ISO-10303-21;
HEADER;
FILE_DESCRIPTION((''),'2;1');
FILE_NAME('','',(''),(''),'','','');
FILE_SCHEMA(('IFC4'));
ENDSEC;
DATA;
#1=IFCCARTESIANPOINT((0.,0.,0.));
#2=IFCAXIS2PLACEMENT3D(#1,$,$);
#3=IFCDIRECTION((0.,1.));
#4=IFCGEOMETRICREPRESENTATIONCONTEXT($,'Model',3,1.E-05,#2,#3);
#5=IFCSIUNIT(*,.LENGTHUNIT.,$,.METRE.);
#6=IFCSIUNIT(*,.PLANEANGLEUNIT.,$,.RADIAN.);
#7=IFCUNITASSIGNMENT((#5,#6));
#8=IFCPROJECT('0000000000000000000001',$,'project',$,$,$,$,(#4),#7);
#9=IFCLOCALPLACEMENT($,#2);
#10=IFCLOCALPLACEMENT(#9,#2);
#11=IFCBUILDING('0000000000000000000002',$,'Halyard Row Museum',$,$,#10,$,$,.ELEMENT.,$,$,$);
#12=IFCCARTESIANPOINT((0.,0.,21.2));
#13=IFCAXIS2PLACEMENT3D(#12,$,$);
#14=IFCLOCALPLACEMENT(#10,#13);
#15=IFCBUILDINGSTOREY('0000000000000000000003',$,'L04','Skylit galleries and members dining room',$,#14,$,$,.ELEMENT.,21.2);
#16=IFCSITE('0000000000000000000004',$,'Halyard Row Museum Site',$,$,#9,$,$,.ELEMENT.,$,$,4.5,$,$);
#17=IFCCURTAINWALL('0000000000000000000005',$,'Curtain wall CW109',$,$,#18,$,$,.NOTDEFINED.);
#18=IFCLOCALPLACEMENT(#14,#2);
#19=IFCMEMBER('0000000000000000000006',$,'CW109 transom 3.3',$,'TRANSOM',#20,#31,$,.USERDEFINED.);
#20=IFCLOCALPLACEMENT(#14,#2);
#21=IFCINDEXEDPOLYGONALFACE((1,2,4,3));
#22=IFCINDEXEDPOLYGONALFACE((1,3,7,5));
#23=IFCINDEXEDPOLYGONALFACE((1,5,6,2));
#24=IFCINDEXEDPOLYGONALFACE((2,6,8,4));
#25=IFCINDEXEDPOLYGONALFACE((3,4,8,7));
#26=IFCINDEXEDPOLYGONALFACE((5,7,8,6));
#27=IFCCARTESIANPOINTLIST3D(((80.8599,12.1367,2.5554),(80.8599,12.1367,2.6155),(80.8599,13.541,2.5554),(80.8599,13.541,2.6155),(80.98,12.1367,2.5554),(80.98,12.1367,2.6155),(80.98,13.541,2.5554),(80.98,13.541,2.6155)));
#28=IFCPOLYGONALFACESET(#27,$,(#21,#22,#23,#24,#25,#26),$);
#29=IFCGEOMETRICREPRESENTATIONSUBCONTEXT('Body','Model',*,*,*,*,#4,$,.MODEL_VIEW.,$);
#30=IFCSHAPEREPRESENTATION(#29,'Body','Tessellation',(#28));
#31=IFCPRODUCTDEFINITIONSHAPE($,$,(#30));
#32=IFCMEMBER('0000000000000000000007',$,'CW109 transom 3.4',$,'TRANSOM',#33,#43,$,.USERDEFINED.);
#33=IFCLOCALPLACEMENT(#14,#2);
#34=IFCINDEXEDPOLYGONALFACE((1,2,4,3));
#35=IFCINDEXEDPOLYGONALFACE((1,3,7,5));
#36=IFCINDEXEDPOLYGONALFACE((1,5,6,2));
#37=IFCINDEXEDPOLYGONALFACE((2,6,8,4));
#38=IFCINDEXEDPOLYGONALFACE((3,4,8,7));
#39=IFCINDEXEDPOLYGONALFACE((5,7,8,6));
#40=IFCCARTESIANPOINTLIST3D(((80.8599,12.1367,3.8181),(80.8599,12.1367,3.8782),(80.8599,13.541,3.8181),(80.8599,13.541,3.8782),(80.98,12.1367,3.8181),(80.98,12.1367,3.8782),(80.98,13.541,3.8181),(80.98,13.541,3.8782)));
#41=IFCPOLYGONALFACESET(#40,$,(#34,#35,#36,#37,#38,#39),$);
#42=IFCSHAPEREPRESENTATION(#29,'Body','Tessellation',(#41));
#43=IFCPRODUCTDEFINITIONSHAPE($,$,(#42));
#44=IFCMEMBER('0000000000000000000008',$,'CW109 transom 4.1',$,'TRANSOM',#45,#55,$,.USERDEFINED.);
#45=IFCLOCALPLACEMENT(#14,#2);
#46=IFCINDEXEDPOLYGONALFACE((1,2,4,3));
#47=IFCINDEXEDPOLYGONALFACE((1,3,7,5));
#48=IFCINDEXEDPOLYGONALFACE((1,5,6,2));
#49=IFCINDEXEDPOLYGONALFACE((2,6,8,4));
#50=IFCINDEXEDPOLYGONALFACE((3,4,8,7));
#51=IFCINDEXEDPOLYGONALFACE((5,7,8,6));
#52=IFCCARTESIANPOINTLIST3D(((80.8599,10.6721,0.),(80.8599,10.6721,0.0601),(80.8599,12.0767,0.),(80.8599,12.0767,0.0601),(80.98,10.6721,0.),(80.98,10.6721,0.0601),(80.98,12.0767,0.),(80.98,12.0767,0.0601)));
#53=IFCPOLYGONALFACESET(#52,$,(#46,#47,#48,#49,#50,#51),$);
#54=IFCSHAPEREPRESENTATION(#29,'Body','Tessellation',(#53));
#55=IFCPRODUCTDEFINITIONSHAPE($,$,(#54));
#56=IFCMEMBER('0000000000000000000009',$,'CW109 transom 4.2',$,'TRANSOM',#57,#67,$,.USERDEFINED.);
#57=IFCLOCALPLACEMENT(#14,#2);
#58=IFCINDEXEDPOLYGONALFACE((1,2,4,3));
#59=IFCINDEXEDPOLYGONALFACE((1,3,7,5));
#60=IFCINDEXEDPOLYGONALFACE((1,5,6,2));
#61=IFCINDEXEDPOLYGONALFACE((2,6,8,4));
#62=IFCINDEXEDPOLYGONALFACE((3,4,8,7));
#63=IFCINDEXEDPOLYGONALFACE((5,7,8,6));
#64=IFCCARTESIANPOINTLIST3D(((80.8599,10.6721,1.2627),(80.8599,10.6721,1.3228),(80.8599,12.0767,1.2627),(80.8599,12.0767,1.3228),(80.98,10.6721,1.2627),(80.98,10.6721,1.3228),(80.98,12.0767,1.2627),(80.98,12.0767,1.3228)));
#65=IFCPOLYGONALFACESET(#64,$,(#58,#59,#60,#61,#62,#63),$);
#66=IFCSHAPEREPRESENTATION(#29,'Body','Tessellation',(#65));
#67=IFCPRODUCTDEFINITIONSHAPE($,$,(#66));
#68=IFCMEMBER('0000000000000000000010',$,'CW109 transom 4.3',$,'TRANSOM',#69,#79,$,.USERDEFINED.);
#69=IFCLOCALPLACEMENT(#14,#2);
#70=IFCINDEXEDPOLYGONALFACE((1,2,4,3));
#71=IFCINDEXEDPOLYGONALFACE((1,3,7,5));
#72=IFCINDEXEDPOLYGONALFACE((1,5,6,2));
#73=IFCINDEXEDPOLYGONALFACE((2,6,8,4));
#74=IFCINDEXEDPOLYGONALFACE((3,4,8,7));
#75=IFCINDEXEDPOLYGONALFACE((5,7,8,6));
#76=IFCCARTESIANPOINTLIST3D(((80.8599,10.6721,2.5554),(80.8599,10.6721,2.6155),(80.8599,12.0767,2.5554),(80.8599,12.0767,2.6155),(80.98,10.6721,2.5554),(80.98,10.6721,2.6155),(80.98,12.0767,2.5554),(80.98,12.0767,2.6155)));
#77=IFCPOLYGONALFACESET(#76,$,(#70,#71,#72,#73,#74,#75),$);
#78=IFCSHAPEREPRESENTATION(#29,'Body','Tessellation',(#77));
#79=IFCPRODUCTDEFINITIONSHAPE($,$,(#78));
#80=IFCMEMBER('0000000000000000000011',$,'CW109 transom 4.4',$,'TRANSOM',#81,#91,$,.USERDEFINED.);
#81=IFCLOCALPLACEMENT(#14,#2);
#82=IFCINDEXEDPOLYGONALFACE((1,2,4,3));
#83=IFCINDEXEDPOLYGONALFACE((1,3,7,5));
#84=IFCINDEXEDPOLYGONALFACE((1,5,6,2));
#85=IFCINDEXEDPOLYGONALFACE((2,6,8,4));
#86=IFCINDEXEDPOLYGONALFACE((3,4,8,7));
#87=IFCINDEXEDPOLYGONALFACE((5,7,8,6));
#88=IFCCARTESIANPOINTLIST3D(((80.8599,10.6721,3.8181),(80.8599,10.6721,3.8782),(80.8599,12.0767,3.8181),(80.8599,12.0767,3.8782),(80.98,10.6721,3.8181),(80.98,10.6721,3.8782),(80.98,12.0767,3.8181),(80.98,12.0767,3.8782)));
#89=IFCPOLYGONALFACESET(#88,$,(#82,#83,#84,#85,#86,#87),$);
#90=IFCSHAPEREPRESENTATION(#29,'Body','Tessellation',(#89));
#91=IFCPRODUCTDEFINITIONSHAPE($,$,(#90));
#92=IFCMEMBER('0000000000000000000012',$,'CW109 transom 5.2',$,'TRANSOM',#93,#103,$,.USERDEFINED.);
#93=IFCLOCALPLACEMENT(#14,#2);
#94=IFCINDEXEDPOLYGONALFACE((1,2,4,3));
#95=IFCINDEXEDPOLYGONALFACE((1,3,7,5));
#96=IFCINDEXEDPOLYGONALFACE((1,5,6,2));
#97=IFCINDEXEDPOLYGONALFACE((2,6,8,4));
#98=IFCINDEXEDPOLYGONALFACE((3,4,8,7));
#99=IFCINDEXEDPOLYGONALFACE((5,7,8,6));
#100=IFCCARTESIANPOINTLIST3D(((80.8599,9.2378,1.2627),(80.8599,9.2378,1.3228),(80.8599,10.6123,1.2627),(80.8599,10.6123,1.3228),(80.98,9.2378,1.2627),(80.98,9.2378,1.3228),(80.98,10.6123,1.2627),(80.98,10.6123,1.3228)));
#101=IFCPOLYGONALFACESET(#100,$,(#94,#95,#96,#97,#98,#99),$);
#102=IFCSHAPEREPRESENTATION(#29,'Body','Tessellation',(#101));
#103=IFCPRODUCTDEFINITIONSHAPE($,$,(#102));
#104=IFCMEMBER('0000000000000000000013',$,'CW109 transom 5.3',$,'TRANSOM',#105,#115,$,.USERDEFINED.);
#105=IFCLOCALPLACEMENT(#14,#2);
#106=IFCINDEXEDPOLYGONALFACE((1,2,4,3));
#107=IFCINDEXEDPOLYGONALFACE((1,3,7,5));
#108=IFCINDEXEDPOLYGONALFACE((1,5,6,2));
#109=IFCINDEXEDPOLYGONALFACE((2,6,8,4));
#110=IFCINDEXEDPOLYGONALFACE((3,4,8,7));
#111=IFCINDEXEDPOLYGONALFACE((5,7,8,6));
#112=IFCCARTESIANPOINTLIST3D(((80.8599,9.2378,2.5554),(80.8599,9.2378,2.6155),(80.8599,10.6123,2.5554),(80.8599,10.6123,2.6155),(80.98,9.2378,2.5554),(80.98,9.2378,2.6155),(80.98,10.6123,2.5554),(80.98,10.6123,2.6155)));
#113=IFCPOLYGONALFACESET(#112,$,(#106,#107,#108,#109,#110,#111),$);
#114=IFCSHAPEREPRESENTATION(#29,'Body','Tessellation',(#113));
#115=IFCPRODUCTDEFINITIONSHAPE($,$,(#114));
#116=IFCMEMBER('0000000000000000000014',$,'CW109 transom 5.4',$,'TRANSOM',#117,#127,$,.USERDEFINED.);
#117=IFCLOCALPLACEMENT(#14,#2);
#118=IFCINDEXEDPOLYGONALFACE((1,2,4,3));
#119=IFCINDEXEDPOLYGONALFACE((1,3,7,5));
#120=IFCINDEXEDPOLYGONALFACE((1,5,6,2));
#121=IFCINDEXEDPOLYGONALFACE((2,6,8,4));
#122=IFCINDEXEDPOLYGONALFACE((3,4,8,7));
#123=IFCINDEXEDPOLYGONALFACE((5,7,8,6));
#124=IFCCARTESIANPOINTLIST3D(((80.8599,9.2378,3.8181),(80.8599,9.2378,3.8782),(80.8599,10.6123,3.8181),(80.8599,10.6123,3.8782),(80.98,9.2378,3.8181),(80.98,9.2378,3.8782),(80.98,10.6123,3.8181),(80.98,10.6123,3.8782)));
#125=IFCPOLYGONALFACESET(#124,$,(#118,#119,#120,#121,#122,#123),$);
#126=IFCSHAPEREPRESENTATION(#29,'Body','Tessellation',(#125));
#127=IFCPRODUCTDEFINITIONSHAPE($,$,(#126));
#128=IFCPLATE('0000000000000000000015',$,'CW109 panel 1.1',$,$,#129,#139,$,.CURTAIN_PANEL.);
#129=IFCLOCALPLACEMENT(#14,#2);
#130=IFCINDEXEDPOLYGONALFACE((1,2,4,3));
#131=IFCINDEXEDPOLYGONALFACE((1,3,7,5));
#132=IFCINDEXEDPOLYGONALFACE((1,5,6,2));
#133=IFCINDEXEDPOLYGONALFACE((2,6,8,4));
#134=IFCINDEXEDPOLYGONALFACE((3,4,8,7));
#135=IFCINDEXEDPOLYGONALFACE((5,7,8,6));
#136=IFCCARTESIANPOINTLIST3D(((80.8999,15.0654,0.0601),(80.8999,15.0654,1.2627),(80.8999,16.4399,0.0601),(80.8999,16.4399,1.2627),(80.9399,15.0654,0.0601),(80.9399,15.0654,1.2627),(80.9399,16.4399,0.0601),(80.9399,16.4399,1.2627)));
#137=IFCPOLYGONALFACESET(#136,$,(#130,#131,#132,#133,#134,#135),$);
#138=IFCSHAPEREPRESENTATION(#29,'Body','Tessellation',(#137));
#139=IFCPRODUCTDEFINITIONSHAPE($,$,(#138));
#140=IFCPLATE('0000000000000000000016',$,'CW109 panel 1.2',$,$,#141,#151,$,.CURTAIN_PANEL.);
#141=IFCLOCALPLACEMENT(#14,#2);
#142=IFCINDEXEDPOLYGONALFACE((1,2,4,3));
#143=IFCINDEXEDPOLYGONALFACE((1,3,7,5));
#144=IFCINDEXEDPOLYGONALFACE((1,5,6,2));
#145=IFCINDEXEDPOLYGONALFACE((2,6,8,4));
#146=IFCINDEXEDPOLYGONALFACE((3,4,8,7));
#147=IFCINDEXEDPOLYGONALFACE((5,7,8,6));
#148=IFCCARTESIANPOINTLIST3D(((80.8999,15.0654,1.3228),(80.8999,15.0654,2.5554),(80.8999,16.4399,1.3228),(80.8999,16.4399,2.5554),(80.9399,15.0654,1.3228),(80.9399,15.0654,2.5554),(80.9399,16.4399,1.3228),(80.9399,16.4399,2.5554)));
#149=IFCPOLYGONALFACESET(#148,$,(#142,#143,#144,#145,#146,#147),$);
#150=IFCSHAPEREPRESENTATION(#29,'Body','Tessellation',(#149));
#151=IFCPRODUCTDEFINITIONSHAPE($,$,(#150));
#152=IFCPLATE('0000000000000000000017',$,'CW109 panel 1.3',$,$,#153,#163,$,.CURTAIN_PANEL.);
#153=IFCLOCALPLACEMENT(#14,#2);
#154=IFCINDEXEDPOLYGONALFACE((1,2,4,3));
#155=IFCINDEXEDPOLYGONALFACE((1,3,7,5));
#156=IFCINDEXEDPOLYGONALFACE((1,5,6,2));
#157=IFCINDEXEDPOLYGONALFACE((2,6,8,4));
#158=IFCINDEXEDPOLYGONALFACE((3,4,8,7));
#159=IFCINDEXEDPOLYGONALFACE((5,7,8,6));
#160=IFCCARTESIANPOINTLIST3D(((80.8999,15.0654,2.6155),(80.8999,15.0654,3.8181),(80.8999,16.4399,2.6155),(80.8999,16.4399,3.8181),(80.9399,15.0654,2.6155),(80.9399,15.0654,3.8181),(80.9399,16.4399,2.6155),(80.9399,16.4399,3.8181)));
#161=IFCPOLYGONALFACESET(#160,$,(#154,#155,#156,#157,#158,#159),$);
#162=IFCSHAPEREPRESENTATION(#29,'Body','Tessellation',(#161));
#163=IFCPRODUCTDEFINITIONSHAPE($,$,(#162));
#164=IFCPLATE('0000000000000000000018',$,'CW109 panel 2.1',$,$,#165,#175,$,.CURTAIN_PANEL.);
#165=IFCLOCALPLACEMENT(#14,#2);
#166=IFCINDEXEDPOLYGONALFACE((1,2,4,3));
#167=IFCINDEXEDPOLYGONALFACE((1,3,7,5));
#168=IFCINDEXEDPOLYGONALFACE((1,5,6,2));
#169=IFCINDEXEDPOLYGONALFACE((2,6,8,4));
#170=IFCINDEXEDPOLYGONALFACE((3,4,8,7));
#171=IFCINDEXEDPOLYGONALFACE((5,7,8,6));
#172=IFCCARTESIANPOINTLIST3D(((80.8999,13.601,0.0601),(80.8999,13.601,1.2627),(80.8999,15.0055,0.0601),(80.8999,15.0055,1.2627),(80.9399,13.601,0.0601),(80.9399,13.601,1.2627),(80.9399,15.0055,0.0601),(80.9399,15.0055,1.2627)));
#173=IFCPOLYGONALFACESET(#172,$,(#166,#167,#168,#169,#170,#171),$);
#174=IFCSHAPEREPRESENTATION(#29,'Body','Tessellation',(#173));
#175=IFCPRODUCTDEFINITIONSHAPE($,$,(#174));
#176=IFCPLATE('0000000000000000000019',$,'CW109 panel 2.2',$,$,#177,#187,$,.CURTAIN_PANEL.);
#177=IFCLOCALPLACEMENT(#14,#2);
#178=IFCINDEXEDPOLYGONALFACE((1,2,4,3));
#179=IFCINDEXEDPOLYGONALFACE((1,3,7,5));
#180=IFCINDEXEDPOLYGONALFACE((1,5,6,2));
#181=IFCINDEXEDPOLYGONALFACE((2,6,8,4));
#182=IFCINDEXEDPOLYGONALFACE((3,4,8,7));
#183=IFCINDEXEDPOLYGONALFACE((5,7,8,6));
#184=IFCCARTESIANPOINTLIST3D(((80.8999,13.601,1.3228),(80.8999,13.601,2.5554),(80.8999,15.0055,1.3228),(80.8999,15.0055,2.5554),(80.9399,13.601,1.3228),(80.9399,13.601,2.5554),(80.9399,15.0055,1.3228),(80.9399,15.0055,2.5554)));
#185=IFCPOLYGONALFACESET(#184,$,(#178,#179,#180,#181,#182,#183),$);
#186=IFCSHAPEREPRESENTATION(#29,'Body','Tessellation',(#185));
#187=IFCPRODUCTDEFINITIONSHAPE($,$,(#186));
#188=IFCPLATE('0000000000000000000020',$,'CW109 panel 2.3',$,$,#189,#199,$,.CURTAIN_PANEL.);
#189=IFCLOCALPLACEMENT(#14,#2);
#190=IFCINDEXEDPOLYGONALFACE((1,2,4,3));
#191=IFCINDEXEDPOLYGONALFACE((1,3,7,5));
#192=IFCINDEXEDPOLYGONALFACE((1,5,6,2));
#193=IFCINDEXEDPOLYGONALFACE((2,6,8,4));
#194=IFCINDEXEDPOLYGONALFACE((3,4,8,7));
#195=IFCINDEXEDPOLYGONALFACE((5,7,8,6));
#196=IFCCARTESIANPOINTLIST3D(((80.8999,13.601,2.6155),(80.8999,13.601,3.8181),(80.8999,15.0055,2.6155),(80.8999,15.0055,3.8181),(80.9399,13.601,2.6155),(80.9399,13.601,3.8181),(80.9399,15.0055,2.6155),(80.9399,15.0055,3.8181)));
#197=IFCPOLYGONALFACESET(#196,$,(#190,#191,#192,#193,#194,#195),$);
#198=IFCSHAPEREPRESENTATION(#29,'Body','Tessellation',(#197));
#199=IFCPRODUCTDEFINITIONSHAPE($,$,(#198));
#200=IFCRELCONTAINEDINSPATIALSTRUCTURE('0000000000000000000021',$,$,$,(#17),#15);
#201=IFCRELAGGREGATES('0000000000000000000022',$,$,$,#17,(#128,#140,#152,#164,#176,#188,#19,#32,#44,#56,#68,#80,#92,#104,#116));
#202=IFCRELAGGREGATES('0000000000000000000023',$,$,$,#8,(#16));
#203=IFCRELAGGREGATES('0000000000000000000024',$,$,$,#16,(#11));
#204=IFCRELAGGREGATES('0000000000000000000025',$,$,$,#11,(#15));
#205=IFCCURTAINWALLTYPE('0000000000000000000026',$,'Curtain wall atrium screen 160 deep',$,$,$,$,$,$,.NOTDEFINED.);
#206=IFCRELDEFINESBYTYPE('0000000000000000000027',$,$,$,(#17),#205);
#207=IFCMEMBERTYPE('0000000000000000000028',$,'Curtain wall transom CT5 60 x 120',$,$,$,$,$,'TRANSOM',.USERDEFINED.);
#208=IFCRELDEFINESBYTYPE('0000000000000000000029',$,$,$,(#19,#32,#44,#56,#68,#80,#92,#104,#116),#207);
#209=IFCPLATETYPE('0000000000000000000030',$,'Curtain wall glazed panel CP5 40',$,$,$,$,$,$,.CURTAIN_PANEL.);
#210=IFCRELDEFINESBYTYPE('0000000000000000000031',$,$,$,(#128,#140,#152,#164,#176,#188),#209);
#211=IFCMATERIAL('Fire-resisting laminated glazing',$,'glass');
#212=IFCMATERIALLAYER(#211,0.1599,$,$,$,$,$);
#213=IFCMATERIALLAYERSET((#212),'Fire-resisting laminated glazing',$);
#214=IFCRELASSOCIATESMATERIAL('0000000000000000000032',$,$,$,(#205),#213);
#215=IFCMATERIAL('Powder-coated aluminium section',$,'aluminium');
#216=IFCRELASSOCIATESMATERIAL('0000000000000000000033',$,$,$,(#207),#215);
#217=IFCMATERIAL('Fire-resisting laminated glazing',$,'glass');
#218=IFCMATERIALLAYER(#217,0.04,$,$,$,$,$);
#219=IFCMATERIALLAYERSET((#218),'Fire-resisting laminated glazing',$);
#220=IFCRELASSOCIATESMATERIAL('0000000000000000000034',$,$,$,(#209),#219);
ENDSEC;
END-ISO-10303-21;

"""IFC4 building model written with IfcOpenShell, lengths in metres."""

from ifc_helpers import new_model, si_unit, direction, frame, origin, origin_2d, place, context, subcontext, project, spatial, rectangle, extrude, material, layer, layer_set, material_profile, profile_set, type_object, element, aggregate, save


model = new_model("IFC4")

# Units and contexts
model_context = context("Model", 3, precision=1e-05, world=origin(), true_north=direction((0.0, 1.0)))
body_context = subcontext(model_context, "Body", "Model", "MODEL_VIEW")
ifc_project = project(units=[si_unit("LENGTHUNIT", "METRE"), si_unit("PLANEANGLEUNIT", "RADIAN")], contexts=[model_context])

# Site, building, storey
site_placement = place(None, origin())
site = spatial("IfcSite", under=ifc_project, at=site_placement, Name="Halyard Row Museum Site", CompositionType="ELEMENT", RefElevation=4.5)
building_placement = place(site_placement, origin())
building = spatial("IfcBuilding", under=site, at=building_placement, Name="Halyard Row Museum", CompositionType="ELEMENT")
storey_placement = place(building_placement, frame((0.0, 0.0, 21.2)))
storey = spatial("IfcBuildingStorey", under=building, at=storey_placement, Name="L04", Description="Skylit galleries and members dining room", CompositionType="ELEMENT", Elevation=21.2)

# Curtain wall, members, plates
ifc_material_1 = material(Name="Fire-resisting laminated glazing", Category="glass")
ifc_layer_1 = layer(ifc_material_1, 0.1599)
ifc_layer_set_1 = layer_set([ifc_layer_1], Name="Fire-resisting laminated glazing")
curtain_wall_type = type_object("IfcCurtainWallType", Name="Curtain wall atrium screen 160 deep", PredefinedType="NOTDEFINED", material=ifc_layer_set_1)
curtain_wall_placement = place(storey_placement, origin())
curtain_wall = element("IfcCurtainWall", 1, at=curtain_wall_placement, inside=storey, type_object=curtain_wall_type, Name="Curtain wall CW109", PredefinedType="NOTDEFINED")
ifc_material_2 = material(Name="Powder-coated aluminium section", Category="aluminium")
ifc_material_profile_1 = material_profile(ifc_material_2, rectangle(XDim=0.1201, YDim=0.0601, at=origin_2d()), Name="120x60 transom")
ifc_profile_set_1 = profile_set([ifc_material_profile_1], Name="Powder-coated aluminium section")
member_type_1 = type_object("IfcMemberType", Name="Curtain wall transom CT5 60 x 120", ElementType="TRANSOM", PredefinedType="USERDEFINED", material=ifc_profile_set_1)
member_1_placement = place(storey_placement, frame((80.9199, 13.541, 2.5854), z_axis=(0.0, -1.0, 0.0), x_axis=(1.0, 0.0, 0.0)))
member_1 = element("IfcMember", 2, at=member_1_placement, type_object=member_type_1, Name="CW109 transom 3.3", ObjectType="TRANSOM", PredefinedType="USERDEFINED", context=body_context, shape_type="SweptSolid", body=[
    extrude(rectangle(XDim=0.1201, YDim=0.0601, at=origin_2d()), origin(), (0.0, 0.0, 1.0), 1.4043),
])
member_2_placement = place(storey_placement, frame((80.9199, 13.541, 3.8481), z_axis=(0.0, -1.0, 0.0), x_axis=(1.0, 0.0, 0.0)))
member_2 = element("IfcMember", 3, at=member_2_placement, type_object=member_type_1, Name="CW109 transom 3.4", ObjectType="TRANSOM", PredefinedType="USERDEFINED", context=body_context, shape_type="SweptSolid", body=[
    extrude(rectangle(XDim=0.1201, YDim=0.0601, at=origin_2d()), origin(), (0.0, 0.0, 1.0), 1.4043),
])
member_3_placement = place(storey_placement, frame((80.9199, 12.0767, 0.03), z_axis=(0.0, -1.0, 0.0), x_axis=(1.0, 0.0, 0.0)))
member_3 = element("IfcMember", 4, at=member_3_placement, type_object=member_type_1, Name="CW109 transom 4.1", ObjectType="TRANSOM", PredefinedType="USERDEFINED", context=body_context, shape_type="SweptSolid", body=[
    extrude(rectangle(XDim=0.1201, YDim=0.0601, at=origin_2d()), origin(), (0.0, 0.0, 1.0), 1.4045),
])
member_4_placement = place(storey_placement, frame((80.9199, 12.0767, 1.2927), z_axis=(0.0, -1.0, 0.0), x_axis=(1.0, 0.0, 0.0)))
member_4 = element("IfcMember", 5, at=member_4_placement, type_object=member_type_1, Name="CW109 transom 4.2", ObjectType="TRANSOM", PredefinedType="USERDEFINED", context=body_context, shape_type="SweptSolid", body=[
    extrude(rectangle(XDim=0.1201, YDim=0.0601, at=origin_2d()), origin(), (0.0, 0.0, 1.0), 1.4045),
])
member_5_placement = place(storey_placement, frame((80.9199, 12.0767, 2.5854), z_axis=(0.0, -1.0, 0.0), x_axis=(1.0, 0.0, 0.0)))
member_5 = element("IfcMember", 6, at=member_5_placement, type_object=member_type_1, Name="CW109 transom 4.3", ObjectType="TRANSOM", PredefinedType="USERDEFINED", context=body_context, shape_type="SweptSolid", body=[
    extrude(rectangle(XDim=0.1201, YDim=0.0601, at=origin_2d()), origin(), (0.0, 0.0, 1.0), 1.4045),
])
member_6_placement = place(storey_placement, frame((80.9199, 12.0767, 3.8481), z_axis=(0.0, -1.0, 0.0), x_axis=(1.0, 0.0, 0.0)))
member_6 = element("IfcMember", 7, at=member_6_placement, type_object=member_type_1, Name="CW109 transom 4.4", ObjectType="TRANSOM", PredefinedType="USERDEFINED", context=body_context, shape_type="SweptSolid", body=[
    extrude(rectangle(XDim=0.1201, YDim=0.0601, at=origin_2d()), origin(), (0.0, 0.0, 1.0), 1.4045),
])
member_7_placement = place(storey_placement, frame((80.9199, 10.6123, 1.2927), z_axis=(0.0, -1.0, 0.0), x_axis=(1.0, 0.0, 0.0)))
member_7 = element("IfcMember", 8, at=member_7_placement, type_object=member_type_1, Name="CW109 transom 5.2", ObjectType="TRANSOM", PredefinedType="USERDEFINED", context=body_context, shape_type="SweptSolid", body=[
    extrude(rectangle(XDim=0.1201, YDim=0.0601, at=origin_2d()), origin(), (0.0, 0.0, 1.0), 1.3745),
])
member_8_placement = place(storey_placement, frame((80.9199, 10.6123, 2.5854), z_axis=(0.0, -1.0, 0.0), x_axis=(1.0, 0.0, 0.0)))
member_8 = element("IfcMember", 9, at=member_8_placement, type_object=member_type_1, Name="CW109 transom 5.3", ObjectType="TRANSOM", PredefinedType="USERDEFINED", context=body_context, shape_type="SweptSolid", body=[
    extrude(rectangle(XDim=0.1201, YDim=0.0601, at=origin_2d()), origin(), (0.0, 0.0, 1.0), 1.3745),
])
member_9_placement = place(storey_placement, frame((80.9199, 10.6123, 3.8481), z_axis=(0.0, -1.0, 0.0), x_axis=(1.0, 0.0, 0.0)))
member_9 = element("IfcMember", 10, at=member_9_placement, type_object=member_type_1, Name="CW109 transom 5.4", ObjectType="TRANSOM", PredefinedType="USERDEFINED", context=body_context, shape_type="SweptSolid", body=[
    extrude(rectangle(XDim=0.1201, YDim=0.0601, at=origin_2d()), origin(), (0.0, 0.0, 1.0), 1.3745),
])
ifc_material_3 = material(Name="Fire-resisting laminated glazing", Category="glass")
ifc_layer_2 = layer(ifc_material_3, 0.04)
ifc_layer_set_2 = layer_set([ifc_layer_2], Name="Fire-resisting laminated glazing")
plate_type = type_object("IfcPlateType", Name="Curtain wall glazed panel CP5 40", PredefinedType="CURTAIN_PANEL", material=ifc_layer_set_2)
plate_1_placement = place(storey_placement, frame((80.9199, 15.7527, 0.0601), z_axis=(0.0, 0.0, 1.0), x_axis=(0.0, -1.0, 0.0)))
plate_1 = element("IfcPlate", 11, at=plate_1_placement, type_object=plate_type, Name="CW109 panel 1.1", PredefinedType="CURTAIN_PANEL", context=body_context, shape_type="SweptSolid", body=[
    extrude(rectangle(XDim=1.3745, YDim=0.04, at=origin_2d()), origin(), (0.0, 0.0, 1.0), 1.2026),
])
plate_2_placement = place(storey_placement, frame((80.9199, 15.7527, 1.3228), z_axis=(0.0, 0.0, 1.0), x_axis=(0.0, -1.0, 0.0)))
plate_2 = element("IfcPlate", 12, at=plate_2_placement, type_object=plate_type, Name="CW109 panel 1.2", PredefinedType="CURTAIN_PANEL", context=body_context, shape_type="SweptSolid", body=[
    extrude(rectangle(XDim=1.3745, YDim=0.04, at=origin_2d()), origin(), (0.0, 0.0, 1.0), 1.2327),
])
plate_3_placement = place(storey_placement, frame((80.9199, 15.7527, 2.6155), z_axis=(0.0, 0.0, 1.0), x_axis=(0.0, -1.0, 0.0)))
plate_3 = element("IfcPlate", 13, at=plate_3_placement, type_object=plate_type, Name="CW109 panel 1.3", PredefinedType="CURTAIN_PANEL", context=body_context, shape_type="SweptSolid", body=[
    extrude(rectangle(XDim=1.3745, YDim=0.04, at=origin_2d()), origin(), (0.0, 0.0, 1.0), 1.2026),
])
plate_4_placement = place(storey_placement, frame((80.9199, 14.3032, 0.0601), z_axis=(0.0, 0.0, 1.0), x_axis=(0.0, -1.0, 0.0)))
plate_4 = element("IfcPlate", 14, at=plate_4_placement, type_object=plate_type, Name="CW109 panel 2.1", PredefinedType="CURTAIN_PANEL", context=body_context, shape_type="SweptSolid", body=[
    extrude(rectangle(XDim=1.4045, YDim=0.04, at=origin_2d()), origin(), (0.0, 0.0, 1.0), 1.2026),
])
plate_5_placement = place(storey_placement, frame((80.9199, 14.3032, 1.3228), z_axis=(0.0, 0.0, 1.0), x_axis=(0.0, -1.0, 0.0)))
plate_5 = element("IfcPlate", 15, at=plate_5_placement, type_object=plate_type, Name="CW109 panel 2.2", PredefinedType="CURTAIN_PANEL", context=body_context, shape_type="SweptSolid", body=[
    extrude(rectangle(XDim=1.4045, YDim=0.04, at=origin_2d()), origin(), (0.0, 0.0, 1.0), 1.2327),
])
plate_6_placement = place(storey_placement, frame((80.9199, 14.3032, 2.6155), z_axis=(0.0, 0.0, 1.0), x_axis=(0.0, -1.0, 0.0)))
plate_6 = element("IfcPlate", 16, at=plate_6_placement, type_object=plate_type, Name="CW109 panel 2.3", PredefinedType="CURTAIN_PANEL", context=body_context, shape_type="SweptSolid", body=[
    extrude(rectangle(XDim=1.4045, YDim=0.04, at=origin_2d()), origin(), (0.0, 0.0, 1.0), 1.2026),
])
aggregate(curtain_wall, [plate_1, plate_2, plate_3, plate_4, plate_5, plate_6, member_1, member_2, member_3, member_4, member_5, member_6, member_7, member_8, member_9])

save(model, "model.ifc")
